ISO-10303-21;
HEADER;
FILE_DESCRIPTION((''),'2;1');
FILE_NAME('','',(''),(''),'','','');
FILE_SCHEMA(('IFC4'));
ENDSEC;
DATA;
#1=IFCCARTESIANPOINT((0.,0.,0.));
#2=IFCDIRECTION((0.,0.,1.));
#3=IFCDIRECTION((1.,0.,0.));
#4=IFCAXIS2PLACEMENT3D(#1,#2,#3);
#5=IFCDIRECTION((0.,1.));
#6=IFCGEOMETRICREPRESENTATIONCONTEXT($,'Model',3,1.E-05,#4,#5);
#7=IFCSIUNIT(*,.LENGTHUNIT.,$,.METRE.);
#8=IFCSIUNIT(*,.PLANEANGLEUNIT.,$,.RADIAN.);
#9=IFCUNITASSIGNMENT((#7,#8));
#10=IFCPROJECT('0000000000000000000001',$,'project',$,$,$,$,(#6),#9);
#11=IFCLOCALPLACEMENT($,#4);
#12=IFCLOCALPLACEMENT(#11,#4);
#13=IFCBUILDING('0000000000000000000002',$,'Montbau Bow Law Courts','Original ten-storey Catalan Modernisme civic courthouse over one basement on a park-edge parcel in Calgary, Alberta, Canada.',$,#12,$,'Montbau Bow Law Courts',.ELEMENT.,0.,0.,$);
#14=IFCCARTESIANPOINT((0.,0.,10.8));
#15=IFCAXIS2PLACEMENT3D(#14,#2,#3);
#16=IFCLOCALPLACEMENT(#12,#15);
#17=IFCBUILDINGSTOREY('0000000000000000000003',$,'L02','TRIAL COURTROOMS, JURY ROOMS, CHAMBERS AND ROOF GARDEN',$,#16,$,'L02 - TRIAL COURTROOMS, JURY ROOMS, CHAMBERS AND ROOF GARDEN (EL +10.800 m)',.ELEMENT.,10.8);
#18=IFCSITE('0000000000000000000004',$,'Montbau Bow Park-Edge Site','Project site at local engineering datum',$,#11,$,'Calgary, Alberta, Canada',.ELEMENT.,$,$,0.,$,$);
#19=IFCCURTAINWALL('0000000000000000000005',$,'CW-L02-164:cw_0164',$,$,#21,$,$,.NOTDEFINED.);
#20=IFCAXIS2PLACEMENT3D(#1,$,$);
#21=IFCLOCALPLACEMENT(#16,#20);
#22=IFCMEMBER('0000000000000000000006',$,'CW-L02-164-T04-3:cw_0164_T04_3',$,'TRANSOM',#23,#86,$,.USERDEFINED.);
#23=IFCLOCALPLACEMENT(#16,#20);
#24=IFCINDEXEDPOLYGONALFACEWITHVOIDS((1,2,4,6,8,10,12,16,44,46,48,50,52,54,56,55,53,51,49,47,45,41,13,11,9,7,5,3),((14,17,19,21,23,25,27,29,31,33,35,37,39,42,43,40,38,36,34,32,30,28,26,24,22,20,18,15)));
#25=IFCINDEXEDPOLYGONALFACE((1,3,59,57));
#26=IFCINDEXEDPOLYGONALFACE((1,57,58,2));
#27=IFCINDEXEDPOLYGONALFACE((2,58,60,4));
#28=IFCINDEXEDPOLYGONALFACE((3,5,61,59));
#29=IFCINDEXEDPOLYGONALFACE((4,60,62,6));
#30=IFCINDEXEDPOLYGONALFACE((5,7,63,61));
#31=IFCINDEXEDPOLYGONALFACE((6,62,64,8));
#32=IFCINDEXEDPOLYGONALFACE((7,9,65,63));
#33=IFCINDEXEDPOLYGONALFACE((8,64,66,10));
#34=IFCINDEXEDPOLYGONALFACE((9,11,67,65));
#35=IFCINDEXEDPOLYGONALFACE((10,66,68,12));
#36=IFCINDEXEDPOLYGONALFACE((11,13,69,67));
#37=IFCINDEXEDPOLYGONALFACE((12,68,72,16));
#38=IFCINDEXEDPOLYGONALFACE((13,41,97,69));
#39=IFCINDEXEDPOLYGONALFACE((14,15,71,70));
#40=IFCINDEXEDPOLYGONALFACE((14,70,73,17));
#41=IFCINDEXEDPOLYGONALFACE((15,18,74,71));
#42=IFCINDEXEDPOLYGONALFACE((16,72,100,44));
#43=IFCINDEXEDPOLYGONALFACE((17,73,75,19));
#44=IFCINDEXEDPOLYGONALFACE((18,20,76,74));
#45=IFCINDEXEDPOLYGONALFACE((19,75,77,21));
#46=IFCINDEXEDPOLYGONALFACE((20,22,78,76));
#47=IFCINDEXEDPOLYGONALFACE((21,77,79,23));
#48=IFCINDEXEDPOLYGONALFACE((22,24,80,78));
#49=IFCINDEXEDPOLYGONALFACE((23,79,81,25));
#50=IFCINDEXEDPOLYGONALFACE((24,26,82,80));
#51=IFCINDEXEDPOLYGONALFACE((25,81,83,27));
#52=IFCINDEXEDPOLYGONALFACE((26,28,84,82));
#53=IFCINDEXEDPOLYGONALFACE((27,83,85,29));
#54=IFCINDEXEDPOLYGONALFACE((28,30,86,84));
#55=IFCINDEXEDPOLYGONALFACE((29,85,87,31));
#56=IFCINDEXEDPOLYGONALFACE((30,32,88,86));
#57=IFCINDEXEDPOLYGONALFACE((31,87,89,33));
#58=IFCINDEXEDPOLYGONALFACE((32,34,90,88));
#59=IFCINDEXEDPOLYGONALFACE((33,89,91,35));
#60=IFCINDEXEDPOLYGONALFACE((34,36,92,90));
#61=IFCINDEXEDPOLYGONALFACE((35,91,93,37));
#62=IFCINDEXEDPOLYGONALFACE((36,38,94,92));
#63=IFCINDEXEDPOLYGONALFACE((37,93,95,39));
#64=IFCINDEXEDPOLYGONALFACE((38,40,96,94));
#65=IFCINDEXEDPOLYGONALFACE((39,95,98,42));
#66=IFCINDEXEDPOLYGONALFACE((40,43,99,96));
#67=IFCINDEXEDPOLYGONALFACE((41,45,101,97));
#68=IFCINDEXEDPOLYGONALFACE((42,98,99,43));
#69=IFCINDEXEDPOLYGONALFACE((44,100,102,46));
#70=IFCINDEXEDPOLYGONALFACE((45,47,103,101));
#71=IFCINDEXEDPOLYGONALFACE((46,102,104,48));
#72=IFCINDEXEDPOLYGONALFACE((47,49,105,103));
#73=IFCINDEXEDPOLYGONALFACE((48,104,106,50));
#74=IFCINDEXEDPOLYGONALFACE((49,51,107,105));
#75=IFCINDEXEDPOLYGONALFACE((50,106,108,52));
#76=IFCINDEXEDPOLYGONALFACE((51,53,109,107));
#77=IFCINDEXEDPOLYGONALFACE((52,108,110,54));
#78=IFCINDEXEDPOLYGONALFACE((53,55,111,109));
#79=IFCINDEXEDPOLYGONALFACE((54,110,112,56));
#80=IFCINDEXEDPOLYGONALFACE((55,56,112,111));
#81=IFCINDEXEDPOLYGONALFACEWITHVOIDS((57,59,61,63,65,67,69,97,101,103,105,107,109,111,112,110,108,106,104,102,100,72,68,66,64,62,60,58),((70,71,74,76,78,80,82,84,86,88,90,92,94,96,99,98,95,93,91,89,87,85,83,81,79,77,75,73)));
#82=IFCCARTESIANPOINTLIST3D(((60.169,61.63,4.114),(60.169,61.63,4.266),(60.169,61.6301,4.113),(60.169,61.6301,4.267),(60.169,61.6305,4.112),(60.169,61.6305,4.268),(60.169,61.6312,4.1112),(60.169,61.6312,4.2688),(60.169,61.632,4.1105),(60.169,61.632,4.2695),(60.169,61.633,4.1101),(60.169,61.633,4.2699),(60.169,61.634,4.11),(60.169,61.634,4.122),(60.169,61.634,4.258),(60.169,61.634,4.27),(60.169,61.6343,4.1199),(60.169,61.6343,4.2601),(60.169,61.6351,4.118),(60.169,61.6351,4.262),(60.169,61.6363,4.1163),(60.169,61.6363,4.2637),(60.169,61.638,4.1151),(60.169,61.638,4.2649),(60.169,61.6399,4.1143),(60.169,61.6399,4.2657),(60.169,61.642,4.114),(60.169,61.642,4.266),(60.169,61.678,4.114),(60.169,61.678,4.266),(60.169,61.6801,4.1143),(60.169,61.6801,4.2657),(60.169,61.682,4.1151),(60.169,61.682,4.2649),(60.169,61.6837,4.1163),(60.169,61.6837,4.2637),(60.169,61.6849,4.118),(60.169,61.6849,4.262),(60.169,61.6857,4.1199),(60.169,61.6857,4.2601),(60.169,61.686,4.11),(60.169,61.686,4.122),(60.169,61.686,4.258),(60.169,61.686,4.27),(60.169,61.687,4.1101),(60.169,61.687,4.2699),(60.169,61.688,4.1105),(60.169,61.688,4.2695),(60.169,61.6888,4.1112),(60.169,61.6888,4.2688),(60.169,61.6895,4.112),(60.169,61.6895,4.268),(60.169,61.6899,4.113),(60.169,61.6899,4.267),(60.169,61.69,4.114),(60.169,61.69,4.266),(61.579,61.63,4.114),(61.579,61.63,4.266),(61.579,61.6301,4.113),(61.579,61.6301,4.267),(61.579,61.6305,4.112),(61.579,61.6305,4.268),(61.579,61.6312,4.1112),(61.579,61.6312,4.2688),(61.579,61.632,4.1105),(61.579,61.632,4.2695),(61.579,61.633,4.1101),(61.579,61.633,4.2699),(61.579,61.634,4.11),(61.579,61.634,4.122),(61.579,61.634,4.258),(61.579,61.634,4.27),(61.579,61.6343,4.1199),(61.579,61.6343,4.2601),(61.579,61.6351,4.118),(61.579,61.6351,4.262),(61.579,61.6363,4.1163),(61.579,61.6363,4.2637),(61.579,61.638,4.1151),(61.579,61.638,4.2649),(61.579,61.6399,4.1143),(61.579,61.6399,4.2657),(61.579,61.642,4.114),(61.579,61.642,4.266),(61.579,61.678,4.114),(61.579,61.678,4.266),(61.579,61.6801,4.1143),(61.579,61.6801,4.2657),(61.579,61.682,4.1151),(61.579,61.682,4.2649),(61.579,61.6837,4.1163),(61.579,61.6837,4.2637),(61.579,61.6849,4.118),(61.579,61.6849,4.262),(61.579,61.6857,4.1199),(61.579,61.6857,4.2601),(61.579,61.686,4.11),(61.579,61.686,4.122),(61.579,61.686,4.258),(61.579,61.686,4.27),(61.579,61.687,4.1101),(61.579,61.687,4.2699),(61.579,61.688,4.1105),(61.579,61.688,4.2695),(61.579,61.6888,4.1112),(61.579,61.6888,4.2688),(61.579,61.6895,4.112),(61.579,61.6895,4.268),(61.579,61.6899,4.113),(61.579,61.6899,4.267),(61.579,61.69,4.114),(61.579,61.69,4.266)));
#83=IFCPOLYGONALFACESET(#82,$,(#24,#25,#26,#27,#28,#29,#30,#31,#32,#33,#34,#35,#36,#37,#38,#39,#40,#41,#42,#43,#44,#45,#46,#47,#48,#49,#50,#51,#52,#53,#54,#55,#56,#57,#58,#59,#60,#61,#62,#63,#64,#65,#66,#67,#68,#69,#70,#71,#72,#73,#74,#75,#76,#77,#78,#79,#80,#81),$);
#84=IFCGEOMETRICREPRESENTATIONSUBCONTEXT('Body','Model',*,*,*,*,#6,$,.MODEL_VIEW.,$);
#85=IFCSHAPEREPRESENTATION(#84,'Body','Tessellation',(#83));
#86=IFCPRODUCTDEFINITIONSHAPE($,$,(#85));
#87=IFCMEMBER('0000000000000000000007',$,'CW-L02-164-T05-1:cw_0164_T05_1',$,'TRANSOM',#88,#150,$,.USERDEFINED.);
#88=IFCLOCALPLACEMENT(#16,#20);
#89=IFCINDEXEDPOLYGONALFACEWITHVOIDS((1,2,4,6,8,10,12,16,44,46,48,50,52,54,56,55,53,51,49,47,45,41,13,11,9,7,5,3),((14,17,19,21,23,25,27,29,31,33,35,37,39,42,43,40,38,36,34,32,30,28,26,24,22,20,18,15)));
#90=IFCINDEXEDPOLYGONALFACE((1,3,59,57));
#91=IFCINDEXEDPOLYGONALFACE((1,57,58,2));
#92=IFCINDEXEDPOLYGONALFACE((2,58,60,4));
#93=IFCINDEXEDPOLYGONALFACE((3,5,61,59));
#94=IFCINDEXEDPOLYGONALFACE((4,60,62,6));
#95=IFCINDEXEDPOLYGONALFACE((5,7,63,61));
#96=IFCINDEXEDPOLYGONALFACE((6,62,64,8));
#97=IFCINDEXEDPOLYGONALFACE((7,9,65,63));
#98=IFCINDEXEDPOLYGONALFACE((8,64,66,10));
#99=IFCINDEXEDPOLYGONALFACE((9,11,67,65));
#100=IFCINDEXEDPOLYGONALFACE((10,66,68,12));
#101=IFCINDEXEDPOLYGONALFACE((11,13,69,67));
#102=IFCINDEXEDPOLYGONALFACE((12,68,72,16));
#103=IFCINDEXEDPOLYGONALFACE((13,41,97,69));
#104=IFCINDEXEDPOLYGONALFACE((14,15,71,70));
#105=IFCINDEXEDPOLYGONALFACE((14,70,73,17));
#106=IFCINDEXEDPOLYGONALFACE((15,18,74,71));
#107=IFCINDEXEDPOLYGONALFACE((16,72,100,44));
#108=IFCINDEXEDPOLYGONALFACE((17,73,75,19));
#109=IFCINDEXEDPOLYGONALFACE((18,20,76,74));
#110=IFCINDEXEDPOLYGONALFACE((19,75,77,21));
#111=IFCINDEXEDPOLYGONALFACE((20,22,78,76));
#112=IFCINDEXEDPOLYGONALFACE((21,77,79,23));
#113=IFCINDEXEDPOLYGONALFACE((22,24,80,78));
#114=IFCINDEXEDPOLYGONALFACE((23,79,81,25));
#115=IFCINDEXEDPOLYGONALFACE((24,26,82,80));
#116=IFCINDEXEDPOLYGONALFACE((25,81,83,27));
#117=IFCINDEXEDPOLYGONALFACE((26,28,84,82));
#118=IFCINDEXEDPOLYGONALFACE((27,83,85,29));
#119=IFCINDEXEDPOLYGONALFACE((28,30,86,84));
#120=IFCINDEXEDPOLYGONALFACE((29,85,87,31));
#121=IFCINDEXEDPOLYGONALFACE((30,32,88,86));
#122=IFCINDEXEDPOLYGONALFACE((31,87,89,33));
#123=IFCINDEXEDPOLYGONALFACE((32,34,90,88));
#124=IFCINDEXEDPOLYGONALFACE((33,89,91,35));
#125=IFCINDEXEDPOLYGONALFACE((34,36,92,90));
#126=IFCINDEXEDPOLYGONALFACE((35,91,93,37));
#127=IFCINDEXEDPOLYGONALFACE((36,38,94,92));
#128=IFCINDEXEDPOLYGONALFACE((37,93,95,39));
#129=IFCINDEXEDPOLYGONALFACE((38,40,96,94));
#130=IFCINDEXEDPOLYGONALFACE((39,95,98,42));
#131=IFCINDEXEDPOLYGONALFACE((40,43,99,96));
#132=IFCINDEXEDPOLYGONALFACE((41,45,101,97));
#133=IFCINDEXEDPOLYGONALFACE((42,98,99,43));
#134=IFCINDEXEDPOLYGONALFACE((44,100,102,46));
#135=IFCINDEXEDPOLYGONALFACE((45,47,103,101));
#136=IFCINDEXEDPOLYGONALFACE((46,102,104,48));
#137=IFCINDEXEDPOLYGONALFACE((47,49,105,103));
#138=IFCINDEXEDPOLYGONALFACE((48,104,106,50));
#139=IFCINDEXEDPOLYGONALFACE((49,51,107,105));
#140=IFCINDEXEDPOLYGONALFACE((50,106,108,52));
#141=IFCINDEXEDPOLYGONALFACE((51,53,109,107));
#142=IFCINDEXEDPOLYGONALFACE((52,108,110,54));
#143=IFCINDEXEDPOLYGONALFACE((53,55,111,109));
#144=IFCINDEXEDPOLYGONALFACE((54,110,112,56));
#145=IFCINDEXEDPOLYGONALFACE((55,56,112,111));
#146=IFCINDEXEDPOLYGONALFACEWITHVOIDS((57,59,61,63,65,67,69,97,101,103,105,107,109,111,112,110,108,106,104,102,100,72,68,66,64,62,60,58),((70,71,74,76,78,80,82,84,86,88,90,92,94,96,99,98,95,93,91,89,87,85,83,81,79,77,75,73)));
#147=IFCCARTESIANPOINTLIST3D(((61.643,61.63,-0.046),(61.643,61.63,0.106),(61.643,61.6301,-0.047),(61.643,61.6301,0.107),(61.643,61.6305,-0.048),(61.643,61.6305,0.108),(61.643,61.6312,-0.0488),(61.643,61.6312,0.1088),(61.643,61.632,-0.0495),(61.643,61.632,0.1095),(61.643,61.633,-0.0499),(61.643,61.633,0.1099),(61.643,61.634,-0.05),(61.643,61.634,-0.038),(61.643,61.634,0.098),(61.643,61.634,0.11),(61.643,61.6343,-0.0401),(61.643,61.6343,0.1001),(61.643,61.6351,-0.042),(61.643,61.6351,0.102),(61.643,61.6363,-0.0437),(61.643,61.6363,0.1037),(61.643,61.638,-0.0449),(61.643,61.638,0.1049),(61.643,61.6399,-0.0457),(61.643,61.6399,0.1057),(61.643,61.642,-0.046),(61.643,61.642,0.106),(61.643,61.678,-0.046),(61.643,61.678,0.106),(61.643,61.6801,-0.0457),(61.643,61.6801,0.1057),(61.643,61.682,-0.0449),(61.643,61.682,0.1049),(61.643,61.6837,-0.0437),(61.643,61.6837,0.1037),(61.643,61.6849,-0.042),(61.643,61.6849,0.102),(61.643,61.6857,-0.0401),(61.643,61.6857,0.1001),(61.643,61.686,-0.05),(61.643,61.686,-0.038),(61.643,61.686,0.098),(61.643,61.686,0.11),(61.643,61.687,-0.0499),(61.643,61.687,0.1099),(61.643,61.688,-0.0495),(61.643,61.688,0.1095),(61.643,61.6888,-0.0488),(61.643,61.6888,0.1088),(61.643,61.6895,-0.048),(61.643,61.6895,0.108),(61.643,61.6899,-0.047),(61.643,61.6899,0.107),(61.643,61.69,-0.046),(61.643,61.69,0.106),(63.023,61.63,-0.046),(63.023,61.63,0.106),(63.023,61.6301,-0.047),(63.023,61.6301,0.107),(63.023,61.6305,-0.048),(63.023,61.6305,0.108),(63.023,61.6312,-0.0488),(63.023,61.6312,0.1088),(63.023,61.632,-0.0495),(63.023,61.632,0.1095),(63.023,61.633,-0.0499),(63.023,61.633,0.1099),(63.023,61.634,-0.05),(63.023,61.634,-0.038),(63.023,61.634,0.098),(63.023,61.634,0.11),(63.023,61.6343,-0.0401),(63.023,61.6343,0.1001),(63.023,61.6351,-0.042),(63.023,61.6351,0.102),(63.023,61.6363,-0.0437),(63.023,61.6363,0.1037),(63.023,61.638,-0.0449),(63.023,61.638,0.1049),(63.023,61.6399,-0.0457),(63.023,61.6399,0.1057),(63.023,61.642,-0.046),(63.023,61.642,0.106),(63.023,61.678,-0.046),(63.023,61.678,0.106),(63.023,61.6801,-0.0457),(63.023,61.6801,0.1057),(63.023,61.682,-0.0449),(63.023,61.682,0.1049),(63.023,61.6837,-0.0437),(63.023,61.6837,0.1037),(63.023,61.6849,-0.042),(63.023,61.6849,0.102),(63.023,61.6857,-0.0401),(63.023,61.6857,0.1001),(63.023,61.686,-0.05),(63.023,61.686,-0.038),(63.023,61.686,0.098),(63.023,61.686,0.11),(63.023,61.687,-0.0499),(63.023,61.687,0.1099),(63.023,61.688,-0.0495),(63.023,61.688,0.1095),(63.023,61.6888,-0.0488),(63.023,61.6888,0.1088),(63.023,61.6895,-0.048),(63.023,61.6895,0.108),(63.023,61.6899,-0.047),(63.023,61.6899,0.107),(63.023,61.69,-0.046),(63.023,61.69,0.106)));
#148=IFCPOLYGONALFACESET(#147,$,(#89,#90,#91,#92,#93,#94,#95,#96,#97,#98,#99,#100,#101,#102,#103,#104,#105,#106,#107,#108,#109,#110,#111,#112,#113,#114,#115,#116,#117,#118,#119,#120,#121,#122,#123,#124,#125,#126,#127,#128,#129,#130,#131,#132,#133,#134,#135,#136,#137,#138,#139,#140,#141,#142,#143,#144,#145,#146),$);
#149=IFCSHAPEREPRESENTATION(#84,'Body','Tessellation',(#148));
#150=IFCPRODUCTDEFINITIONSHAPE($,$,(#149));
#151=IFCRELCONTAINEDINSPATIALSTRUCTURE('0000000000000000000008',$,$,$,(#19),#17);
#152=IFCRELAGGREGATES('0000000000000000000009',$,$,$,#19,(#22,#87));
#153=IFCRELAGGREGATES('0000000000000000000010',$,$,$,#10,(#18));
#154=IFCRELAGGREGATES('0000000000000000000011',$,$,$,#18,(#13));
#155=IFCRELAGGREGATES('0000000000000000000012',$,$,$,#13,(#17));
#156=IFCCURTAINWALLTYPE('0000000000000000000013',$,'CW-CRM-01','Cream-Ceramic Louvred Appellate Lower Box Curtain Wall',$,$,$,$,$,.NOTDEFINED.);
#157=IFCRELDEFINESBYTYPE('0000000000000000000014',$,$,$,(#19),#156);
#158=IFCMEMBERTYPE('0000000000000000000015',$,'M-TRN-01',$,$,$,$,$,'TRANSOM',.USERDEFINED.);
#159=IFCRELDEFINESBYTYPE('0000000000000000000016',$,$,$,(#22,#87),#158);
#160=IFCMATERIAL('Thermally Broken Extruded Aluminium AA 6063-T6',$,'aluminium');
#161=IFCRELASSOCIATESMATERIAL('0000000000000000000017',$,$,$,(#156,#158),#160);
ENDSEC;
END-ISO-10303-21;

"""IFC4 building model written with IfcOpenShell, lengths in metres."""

from ifc_helpers import new_model, si_unit, direction, frame, origin_with_axes, origin_2d_with_axis, place, context, subcontext, project, spatial, hollow_rectangle, extrude, material, material_profile, profile_set, type_object, element, aggregate, save


model = new_model("IFC4")

# Units and contexts
model_context = context("Model", 3, precision=1e-05, world=origin_with_axes(), true_north=direction((0.0, 1.0)))
body_context = subcontext(model_context, "Body", "Model", "MODEL_VIEW")
ifc_project = project(units=[si_unit("LENGTHUNIT", "METRE"), si_unit("PLANEANGLEUNIT", "RADIAN")], contexts=[model_context])

# Site, building, storey
site_placement = place(None, origin_with_axes())
site = spatial("IfcSite", under=ifc_project, at=site_placement, Name="Montbau Bow Park-Edge Site", Description="Project site at local engineering datum", LongName="Calgary, Alberta, Canada", CompositionType="ELEMENT", RefElevation=0.0)
building_placement = place(site_placement, origin_with_axes())
building = spatial("IfcBuilding", under=site, at=building_placement, Name="Montbau Bow Law Courts", Description="Original ten-storey Catalan Modernisme civic courthouse over one basement on a park-edge parcel in Calgary, Alberta, Canada.", LongName="Montbau Bow Law Courts", CompositionType="ELEMENT", ElevationOfRefHeight=0.0, ElevationOfTerrain=0.0)
storey_placement = place(building_placement, frame((0.0, 0.0, 10.8), z_axis=(0.0, 0.0, 1.0), x_axis=(1.0, 0.0, 0.0)))
storey = spatial("IfcBuildingStorey", under=building, at=storey_placement, Name="L02", Description="TRIAL COURTROOMS, JURY ROOMS, CHAMBERS AND ROOF GARDEN", LongName="L02 - TRIAL COURTROOMS, JURY ROOMS, CHAMBERS AND ROOF GARDEN (EL +10.800 m)", CompositionType="ELEMENT", Elevation=10.8)

# Shared definitions
ifc_material_1 = material(Name="Thermally Broken Extruded Aluminium AA 6063-T6", Category="aluminium")
curtain_wall_type = type_object("IfcCurtainWallType", Name="CW-CRM-01", Description="Cream-Ceramic Louvred Appellate Lower Box Curtain Wall", PredefinedType="NOTDEFINED", material=ifc_material_1)

# Curtain wall, members
curtain_wall_1_placement = place(None, frame((55.715, 61.66, 10.8), z_axis=(0.0, 0.0, 1.0), x_axis=(1.0, 0.0, 0.0)))
curtain_wall_1 = element("IfcCurtainWall", 1, at=curtain_wall_1_placement, inside=storey, type_object=curtain_wall_type, Name="CW-L02-164:cw_0164", PredefinedType="NOTDEFINED")
ifc_material_profile_1 = material_profile(ifc_material_1, hollow_rectangle(XDim=0.06, YDim=0.16, WallThickness=0.004, InnerFilletRadius=0.008, OuterFilletRadius=0.004, at=origin_2d_with_axis()), Name="CWT-160X60", Category="Main", Priority=0)
ifc_profile_set_1 = profile_set([ifc_material_profile_1], Name="Thermally Broken Extruded Aluminium AA 6063-T6")
member_type_1 = type_object("IfcMemberType", Name="M-TRN-01", ElementType="TRANSOM", PredefinedType="USERDEFINED", material=ifc_profile_set_1)
member_1_placement = place(None, frame((60.169, 61.66, 14.99), z_axis=(1.0, 0.0, 0.0), x_axis=(0.0, 1.0, 0.0)))
member_1 = element("IfcMember", 2, at=member_1_placement, type_object=member_type_1, Name="CW-L02-164-T04-3:cw_0164_T04_3", ObjectType="TRANSOM", PredefinedType="USERDEFINED", context=body_context, shape_type="SweptSolid", body=[
    extrude(hollow_rectangle(XDim=0.06, YDim=0.16, WallThickness=0.004, InnerFilletRadius=0.008, OuterFilletRadius=0.004, at=origin_2d_with_axis()), origin_with_axes(), (0.0, 0.0, 1.0), 1.41),
])
member_2_placement = place(None, frame((61.643, 61.66, 10.83), z_axis=(1.0, 0.0, 0.0), x_axis=(0.0, 1.0, 0.0)))
member_2 = element("IfcMember", 3, at=member_2_placement, type_object=member_type_1, Name="CW-L02-164-T05-1:cw_0164_T05_1", ObjectType="TRANSOM", PredefinedType="USERDEFINED", context=body_context, shape_type="SweptSolid", body=[
    extrude(hollow_rectangle(XDim=0.06, YDim=0.16, WallThickness=0.004, InnerFilletRadius=0.008, OuterFilletRadius=0.004, at=origin_2d_with_axis()), origin_with_axes(), (0.0, 0.0, 1.0), 1.38),
])
aggregate(curtain_wall_1, [member_1, member_2])

save(model, "model.ifc")
